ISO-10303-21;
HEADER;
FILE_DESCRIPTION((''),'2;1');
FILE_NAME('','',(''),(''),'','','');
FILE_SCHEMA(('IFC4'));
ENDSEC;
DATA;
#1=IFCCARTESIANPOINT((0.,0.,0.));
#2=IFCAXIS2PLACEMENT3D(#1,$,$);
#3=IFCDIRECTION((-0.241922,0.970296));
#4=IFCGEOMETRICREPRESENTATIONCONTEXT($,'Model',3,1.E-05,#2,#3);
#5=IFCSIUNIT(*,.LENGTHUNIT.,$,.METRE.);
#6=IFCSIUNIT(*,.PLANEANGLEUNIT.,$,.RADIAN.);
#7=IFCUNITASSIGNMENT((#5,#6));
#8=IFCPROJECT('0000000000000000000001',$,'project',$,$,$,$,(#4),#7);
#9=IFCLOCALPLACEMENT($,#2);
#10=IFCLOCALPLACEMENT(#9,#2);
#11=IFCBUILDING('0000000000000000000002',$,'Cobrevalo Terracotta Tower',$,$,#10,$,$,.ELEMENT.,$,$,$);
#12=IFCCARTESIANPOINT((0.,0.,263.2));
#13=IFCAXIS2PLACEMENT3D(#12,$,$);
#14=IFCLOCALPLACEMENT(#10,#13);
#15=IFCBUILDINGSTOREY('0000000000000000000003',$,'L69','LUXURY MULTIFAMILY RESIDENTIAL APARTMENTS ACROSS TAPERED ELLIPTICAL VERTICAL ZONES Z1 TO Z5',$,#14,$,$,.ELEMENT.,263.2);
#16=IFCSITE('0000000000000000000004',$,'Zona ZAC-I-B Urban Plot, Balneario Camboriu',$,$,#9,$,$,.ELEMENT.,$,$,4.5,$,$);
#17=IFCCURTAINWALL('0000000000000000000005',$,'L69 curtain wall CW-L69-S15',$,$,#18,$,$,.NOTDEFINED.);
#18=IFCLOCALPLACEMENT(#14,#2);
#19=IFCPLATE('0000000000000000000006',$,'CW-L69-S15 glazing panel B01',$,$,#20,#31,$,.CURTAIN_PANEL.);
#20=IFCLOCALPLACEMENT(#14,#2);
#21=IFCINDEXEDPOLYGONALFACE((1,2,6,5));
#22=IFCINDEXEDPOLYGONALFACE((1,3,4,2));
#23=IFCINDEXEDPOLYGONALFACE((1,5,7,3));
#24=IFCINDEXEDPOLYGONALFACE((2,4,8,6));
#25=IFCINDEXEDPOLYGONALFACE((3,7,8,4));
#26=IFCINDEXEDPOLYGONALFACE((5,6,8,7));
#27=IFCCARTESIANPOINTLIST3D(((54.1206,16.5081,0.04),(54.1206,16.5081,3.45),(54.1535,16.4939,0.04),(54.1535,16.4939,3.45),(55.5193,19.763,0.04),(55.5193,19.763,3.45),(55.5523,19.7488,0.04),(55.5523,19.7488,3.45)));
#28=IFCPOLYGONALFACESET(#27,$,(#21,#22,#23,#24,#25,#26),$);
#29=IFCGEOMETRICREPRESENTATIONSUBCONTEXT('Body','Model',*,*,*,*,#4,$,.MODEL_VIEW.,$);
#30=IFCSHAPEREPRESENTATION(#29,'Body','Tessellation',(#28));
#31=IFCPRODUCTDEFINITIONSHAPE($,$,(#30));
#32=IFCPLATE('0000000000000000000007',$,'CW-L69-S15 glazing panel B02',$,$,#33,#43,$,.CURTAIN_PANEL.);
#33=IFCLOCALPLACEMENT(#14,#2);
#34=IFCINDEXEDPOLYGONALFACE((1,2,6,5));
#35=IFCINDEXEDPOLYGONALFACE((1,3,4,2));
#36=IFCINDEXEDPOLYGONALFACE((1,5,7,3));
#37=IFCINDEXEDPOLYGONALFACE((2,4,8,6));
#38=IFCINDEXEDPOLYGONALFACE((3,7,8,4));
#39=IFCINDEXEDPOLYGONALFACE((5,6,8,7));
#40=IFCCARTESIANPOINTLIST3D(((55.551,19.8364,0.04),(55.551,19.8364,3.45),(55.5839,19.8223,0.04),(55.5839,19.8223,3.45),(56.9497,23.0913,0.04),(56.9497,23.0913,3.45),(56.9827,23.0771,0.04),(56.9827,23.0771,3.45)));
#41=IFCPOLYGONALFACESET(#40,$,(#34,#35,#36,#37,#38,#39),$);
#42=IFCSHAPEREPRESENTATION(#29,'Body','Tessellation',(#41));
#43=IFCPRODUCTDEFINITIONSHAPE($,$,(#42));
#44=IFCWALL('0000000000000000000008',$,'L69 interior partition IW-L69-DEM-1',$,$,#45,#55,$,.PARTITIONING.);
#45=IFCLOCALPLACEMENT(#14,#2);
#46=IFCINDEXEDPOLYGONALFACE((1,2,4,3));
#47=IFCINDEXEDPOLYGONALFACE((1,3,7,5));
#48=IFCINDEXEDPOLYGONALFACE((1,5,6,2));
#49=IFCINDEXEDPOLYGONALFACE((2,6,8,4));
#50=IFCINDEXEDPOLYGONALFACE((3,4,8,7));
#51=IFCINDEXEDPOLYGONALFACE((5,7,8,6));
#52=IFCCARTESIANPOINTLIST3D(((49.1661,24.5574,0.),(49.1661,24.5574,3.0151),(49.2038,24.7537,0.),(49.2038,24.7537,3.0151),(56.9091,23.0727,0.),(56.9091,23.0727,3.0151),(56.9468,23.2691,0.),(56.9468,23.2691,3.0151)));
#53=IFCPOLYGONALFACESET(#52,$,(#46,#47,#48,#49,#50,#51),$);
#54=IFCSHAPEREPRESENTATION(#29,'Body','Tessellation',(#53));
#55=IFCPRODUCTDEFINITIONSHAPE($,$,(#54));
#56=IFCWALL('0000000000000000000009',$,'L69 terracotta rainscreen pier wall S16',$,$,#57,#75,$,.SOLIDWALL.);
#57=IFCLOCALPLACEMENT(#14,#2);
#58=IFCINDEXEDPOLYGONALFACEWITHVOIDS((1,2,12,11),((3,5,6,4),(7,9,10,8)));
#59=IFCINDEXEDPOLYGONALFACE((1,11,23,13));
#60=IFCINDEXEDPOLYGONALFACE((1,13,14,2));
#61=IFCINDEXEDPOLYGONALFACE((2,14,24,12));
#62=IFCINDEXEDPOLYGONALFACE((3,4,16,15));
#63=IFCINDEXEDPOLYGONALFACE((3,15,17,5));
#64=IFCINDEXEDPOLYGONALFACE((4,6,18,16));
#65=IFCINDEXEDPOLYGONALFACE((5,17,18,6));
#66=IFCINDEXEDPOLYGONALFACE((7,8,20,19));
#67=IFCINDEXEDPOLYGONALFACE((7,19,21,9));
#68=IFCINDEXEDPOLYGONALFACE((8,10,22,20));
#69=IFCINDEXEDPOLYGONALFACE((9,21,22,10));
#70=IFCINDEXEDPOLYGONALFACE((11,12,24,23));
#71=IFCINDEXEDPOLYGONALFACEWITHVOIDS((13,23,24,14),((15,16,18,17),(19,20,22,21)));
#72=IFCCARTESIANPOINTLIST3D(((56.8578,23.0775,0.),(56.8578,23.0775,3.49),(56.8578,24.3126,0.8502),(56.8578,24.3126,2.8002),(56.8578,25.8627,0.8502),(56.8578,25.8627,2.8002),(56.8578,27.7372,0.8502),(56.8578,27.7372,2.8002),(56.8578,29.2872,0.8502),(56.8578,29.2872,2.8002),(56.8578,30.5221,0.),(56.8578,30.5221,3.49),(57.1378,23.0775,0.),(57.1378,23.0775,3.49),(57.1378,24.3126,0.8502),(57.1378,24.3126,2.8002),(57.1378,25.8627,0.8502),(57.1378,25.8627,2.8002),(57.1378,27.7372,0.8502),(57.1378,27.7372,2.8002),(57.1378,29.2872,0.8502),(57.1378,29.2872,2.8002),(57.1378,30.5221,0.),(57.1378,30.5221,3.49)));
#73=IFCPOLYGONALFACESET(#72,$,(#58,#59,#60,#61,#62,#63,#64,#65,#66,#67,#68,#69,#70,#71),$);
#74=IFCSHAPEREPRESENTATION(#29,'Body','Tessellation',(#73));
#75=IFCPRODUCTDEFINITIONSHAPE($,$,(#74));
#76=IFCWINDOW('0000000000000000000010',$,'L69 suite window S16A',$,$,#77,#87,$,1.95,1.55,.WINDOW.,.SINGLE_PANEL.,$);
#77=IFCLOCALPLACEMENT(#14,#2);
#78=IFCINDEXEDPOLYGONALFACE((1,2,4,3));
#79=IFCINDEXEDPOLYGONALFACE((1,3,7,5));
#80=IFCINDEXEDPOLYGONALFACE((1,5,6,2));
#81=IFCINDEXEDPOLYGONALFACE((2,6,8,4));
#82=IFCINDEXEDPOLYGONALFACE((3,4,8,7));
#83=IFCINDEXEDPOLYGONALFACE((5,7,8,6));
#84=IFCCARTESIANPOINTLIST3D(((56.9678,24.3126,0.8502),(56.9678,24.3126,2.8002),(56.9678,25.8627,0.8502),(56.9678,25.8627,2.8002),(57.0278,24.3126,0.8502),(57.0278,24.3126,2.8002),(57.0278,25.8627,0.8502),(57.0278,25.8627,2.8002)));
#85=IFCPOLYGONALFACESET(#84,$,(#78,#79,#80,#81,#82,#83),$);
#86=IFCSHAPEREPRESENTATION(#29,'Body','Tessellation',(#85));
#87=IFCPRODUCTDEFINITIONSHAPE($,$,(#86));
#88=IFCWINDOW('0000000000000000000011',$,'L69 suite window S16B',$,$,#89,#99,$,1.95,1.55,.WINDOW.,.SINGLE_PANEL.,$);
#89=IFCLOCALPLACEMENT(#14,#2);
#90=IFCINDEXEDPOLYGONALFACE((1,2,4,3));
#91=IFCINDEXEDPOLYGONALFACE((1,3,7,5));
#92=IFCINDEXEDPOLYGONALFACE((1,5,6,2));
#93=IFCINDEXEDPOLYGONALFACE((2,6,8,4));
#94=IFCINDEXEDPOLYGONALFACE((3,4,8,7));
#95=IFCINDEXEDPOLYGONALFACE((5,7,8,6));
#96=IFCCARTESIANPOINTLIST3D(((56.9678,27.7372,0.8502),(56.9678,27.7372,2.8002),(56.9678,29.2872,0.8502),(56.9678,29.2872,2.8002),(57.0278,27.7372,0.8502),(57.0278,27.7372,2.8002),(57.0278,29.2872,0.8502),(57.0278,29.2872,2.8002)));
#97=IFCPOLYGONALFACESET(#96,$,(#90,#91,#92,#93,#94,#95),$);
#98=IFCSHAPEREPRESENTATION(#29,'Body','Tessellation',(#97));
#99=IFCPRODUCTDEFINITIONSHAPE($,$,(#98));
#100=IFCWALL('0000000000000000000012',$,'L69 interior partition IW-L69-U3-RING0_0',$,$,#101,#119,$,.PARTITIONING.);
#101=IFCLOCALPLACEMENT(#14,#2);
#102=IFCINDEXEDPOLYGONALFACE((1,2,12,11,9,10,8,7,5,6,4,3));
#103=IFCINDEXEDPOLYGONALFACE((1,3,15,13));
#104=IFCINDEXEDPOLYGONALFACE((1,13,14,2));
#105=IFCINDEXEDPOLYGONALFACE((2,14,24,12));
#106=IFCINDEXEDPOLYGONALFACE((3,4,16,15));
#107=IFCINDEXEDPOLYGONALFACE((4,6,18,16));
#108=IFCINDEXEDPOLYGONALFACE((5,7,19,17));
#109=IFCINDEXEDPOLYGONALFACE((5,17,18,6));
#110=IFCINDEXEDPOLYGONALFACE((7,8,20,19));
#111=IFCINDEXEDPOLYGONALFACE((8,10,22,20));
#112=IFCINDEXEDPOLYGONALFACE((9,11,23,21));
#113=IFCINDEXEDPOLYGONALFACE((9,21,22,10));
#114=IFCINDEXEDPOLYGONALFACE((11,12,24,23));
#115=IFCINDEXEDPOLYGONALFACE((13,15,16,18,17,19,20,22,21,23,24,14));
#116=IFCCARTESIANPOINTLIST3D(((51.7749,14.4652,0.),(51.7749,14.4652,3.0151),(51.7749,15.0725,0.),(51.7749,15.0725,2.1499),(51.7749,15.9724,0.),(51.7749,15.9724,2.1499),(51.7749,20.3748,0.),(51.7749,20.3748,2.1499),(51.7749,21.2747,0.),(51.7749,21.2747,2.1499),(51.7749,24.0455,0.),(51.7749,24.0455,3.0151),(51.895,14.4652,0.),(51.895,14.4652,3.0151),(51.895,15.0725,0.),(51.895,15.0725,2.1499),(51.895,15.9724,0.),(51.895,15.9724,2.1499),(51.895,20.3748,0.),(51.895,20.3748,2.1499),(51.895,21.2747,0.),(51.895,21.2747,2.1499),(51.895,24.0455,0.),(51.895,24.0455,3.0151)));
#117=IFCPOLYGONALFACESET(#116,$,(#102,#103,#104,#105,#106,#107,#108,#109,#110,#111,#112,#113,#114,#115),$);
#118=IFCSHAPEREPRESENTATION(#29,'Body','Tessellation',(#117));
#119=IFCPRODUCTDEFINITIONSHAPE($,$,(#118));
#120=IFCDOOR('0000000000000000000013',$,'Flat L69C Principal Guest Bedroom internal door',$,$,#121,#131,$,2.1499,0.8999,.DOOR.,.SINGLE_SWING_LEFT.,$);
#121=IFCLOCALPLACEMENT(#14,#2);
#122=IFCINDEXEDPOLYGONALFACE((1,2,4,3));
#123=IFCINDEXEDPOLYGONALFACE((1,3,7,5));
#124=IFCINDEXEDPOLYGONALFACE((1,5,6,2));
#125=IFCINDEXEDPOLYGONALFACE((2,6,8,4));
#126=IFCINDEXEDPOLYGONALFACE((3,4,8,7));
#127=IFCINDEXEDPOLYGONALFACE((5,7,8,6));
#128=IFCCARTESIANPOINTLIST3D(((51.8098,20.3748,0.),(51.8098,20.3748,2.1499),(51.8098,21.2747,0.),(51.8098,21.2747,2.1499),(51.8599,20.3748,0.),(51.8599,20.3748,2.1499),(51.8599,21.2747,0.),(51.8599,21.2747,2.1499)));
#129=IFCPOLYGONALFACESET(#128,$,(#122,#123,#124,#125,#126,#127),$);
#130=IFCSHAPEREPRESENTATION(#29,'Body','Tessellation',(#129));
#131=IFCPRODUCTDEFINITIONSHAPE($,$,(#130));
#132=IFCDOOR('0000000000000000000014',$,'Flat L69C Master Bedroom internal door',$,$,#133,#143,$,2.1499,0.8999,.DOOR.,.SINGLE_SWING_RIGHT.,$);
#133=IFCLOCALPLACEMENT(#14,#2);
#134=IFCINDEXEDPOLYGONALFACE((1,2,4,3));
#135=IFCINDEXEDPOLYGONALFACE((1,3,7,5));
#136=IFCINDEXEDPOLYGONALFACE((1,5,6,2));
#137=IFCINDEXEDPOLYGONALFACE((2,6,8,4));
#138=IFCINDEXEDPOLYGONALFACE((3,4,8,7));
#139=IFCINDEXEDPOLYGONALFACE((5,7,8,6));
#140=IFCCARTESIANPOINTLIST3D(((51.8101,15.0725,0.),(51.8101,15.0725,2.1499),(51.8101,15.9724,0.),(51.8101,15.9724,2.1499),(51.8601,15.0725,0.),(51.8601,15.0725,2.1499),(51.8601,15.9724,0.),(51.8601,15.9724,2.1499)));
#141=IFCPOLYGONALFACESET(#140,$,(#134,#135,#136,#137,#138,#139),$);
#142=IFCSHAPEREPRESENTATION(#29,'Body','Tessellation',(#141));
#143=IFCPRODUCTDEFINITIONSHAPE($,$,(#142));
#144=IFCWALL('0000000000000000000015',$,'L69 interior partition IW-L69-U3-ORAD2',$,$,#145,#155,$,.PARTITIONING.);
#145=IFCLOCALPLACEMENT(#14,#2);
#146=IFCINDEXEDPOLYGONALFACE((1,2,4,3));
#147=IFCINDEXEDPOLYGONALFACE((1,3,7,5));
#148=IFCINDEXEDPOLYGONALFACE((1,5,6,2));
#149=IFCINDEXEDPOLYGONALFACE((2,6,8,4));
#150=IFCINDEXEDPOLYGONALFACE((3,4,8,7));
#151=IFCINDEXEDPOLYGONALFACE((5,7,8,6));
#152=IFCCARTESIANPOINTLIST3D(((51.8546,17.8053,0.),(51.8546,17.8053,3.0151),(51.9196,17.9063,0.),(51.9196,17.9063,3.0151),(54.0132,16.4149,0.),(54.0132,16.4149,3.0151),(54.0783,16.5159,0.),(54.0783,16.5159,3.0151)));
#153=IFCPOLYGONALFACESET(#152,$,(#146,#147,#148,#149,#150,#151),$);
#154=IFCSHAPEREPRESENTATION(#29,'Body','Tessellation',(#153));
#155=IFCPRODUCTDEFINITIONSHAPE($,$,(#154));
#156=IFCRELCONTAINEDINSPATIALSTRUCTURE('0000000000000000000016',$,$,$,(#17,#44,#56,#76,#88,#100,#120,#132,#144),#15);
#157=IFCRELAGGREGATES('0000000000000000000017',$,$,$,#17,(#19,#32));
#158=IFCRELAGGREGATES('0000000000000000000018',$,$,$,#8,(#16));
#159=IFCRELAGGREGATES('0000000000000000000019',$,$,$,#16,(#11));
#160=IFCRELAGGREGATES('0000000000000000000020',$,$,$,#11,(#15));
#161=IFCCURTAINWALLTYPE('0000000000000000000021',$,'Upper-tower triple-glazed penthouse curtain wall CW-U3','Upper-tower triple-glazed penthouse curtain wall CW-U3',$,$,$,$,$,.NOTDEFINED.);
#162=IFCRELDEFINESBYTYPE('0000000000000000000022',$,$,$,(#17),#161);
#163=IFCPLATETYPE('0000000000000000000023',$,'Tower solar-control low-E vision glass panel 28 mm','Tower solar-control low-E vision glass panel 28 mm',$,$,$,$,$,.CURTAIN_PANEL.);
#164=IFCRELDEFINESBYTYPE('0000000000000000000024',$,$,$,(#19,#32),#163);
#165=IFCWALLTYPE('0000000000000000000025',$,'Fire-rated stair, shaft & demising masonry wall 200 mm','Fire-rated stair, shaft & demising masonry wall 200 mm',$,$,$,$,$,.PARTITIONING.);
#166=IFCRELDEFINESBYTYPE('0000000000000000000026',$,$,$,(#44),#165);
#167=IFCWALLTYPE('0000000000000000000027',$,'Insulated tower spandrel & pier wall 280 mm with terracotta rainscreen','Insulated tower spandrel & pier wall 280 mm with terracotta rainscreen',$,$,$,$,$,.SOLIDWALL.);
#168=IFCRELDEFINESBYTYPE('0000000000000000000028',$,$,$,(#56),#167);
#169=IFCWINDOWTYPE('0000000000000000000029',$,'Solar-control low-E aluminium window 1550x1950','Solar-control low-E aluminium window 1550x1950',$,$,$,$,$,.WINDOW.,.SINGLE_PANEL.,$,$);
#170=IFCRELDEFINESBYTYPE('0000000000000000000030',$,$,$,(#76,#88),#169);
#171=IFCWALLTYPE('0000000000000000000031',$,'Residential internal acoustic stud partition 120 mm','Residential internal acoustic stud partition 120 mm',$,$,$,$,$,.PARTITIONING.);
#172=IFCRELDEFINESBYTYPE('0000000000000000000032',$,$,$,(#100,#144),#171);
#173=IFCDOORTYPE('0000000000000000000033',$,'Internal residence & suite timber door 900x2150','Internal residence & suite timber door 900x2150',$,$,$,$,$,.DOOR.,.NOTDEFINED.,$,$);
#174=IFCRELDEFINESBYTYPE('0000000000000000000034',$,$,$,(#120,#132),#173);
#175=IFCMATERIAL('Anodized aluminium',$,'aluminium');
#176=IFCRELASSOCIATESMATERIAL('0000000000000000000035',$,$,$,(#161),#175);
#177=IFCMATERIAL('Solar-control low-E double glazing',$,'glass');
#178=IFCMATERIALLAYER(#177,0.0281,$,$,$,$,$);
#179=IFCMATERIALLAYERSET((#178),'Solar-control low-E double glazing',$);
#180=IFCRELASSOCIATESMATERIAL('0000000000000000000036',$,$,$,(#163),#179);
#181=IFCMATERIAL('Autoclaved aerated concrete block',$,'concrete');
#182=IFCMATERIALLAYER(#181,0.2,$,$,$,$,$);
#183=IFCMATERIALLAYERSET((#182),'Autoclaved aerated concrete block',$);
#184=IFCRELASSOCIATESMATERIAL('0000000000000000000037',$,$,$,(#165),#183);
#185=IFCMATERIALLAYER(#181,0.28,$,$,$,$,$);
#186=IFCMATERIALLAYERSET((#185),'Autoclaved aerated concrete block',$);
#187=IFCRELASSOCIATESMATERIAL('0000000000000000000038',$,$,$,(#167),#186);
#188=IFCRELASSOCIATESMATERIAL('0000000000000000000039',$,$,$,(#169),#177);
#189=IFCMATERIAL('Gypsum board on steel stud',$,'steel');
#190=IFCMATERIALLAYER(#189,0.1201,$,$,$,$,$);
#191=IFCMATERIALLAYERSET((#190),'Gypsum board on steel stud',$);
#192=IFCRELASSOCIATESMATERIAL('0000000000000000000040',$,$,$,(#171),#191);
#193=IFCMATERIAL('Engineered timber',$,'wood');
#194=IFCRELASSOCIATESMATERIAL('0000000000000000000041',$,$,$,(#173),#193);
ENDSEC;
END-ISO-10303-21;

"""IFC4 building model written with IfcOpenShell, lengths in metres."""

from ifc_helpers import new_model, si_unit, direction, frame, frame_2d, origin, origin_2d, place, context, subcontext, project, spatial, rectangle, extrude, source, transform, mapped, material, layer, layer_set, type_object, element, fill, aggregate, save


model = new_model("IFC4")

# Units and contexts
model_context = context("Model", 3, precision=1e-05, world=origin(), true_north=direction((-0.241922, 0.970296)))
body_context = subcontext(model_context, "Body", "Model", "MODEL_VIEW")
ifc_project = project(units=[si_unit("LENGTHUNIT", "METRE"), si_unit("PLANEANGLEUNIT", "RADIAN")], contexts=[model_context])

# Site, building, storey
site_placement = place(None, origin())
site = spatial("IfcSite", under=ifc_project, at=site_placement, Name="Zona ZAC-I-B Urban Plot, Balneario Camboriu", CompositionType="ELEMENT", RefElevation=4.5)
building_placement = place(site_placement, origin())
building = spatial("IfcBuilding", under=site, at=building_placement, Name="Cobrevalo Terracotta Tower", CompositionType="ELEMENT")
storey_placement = place(building_placement, frame((0.0, 0.0, 263.2)))
storey = spatial("IfcBuildingStorey", under=building, at=storey_placement, Name="L69", Description="LUXURY MULTIFAMILY RESIDENTIAL APARTMENTS ACROSS TAPERED ELLIPTICAL VERTICAL ZONES Z1 TO Z5", CompositionType="ELEMENT", Elevation=263.2)

# Curtain wall, plates
ifc_material_1 = material(Name="Anodized aluminium", Category="aluminium")
curtain_wall_type = type_object("IfcCurtainWallType", Name="Upper-tower triple-glazed penthouse curtain wall CW-U3", Description="Upper-tower triple-glazed penthouse curtain wall CW-U3", PredefinedType="NOTDEFINED", material=ifc_material_1)
curtain_wall_placement = place(storey_placement, origin())
curtain_wall = element("IfcCurtainWall", 1, at=curtain_wall_placement, inside=storey, type_object=curtain_wall_type, Name="L69 curtain wall CW-L69-S15", PredefinedType="NOTDEFINED")
ifc_material_2 = material(Name="Solar-control low-E double glazing", Category="glass")
ifc_layer_1 = layer(ifc_material_2, 0.0281)
ifc_layer_set_1 = layer_set([ifc_layer_1], Name="Solar-control low-E double glazing")
plate_type = type_object("IfcPlateType", Name="Tower solar-control low-E vision glass panel 28 mm", Description="Tower solar-control low-E vision glass panel 28 mm", PredefinedType="CURTAIN_PANEL", material=ifc_layer_set_1)
shared_shape_1 = source(origin(), body_context, "Body", "SweptSolid", [
    extrude(rectangle(XDim=3.5427, YDim=0.0359, at=origin_2d()), origin(), (0.0, 0.0, 1.0), 3.4099),
])
plate_1_placement = place(storey_placement, frame((54.8364, 18.1284, 0.04), z_axis=(0.0, 0.0, 1.0), x_axis=(0.394829, 0.918755, 0.0)))
plate_1 = element("IfcPlate", 2, at=plate_1_placement, type_object=plate_type, Name="CW-L69-S15 glazing panel B01", PredefinedType="CURTAIN_PANEL", context=body_context, shape_type="MappedRepresentation", body=[
    mapped(shared_shape_1, transform((0.0, 0.0, 0.0), scale=1.0)),
])
plate_2_placement = place(storey_placement, frame((56.2668, 21.4568, 0.04), z_axis=(0.0, 0.0, 1.0), x_axis=(0.394829, 0.918755, 0.0)))
plate_2 = element("IfcPlate", 3, at=plate_2_placement, type_object=plate_type, Name="CW-L69-S15 glazing panel B02", PredefinedType="CURTAIN_PANEL", context=body_context, shape_type="MappedRepresentation", body=[
    mapped(shared_shape_1, transform((0.0, 0.0, 0.0), scale=1.0)),
])
aggregate(curtain_wall, [plate_1, plate_2])

# Wall
ifc_material_3 = material(Name="Autoclaved aerated concrete block", Category="concrete")
ifc_layer_2 = layer(ifc_material_3, 0.2)
ifc_layer_set_2 = layer_set([ifc_layer_2], Name="Autoclaved aerated concrete block")
wall_type_1 = type_object("IfcWallType", Name="Fire-rated stair, shaft & demising masonry wall 200 mm", Description="Fire-rated stair, shaft & demising masonry wall 200 mm", PredefinedType="PARTITIONING", material=ifc_layer_set_2)
wall_1_placement = place(storey_placement, frame((49.1851, 24.6555, 0.0), z_axis=(0.0, 0.0, 1.0), x_axis=(0.98211, -0.188309, 0.0)))
element("IfcWall", 4, at=wall_1_placement, inside=storey, type_object=wall_type_1, Name="L69 interior partition IW-L69-DEM-1", PredefinedType="PARTITIONING", context=body_context, shape_type="SweptSolid", body=[
    extrude(rectangle(XDim=7.884, YDim=0.2, at=frame_2d((3.9419, 0.0))), origin(), (0.0, 0.0, 1.0), 3.0151),
])

# Wall, openings, windows
ifc_layer_3 = layer(ifc_material_3, 0.28)
ifc_layer_set_3 = layer_set([ifc_layer_3], Name="Autoclaved aerated concrete block")
wall_type_2 = type_object("IfcWallType", Name="Insulated tower spandrel & pier wall 280 mm with terracotta rainscreen", Description="Insulated tower spandrel & pier wall 280 mm with terracotta rainscreen", PredefinedType="SOLIDWALL", material=ifc_layer_set_3)
wall_2_placement = place(storey_placement, frame((56.9978, 23.0776, 0.0), z_axis=(0.0, 0.0, 1.0), x_axis=(0.0, 1.0, 0.0)))
wall_2 = element("IfcWall", 5, at=wall_2_placement, inside=storey, type_object=wall_type_2, Name="L69 terracotta rainscreen pier wall S16", PredefinedType="SOLIDWALL", context=body_context, shape_type="SweptSolid", body=[
    extrude(rectangle(XDim=7.4446, YDim=0.28, at=frame_2d((3.7222, 0.0))), origin(), (0.0, 0.0, 1.0), 3.49),
])
opening_1_placement = place(wall_2_placement, frame((1.2351, 0.0, 0.8501)))
opening_1 = element("IfcOpeningElement", 6, at=opening_1_placement, cuts=wall_2, PredefinedType="OPENING", context=body_context, shape_type="SweptSolid", body=[
    extrude(rectangle(XDim=1.55, YDim=1.95, at=frame_2d((0.7749, 0.9751))), frame((0.0, 0.1499, 0.0), z_axis=(0.0, -1.0, 0.0), x_axis=(1.0, 0.0, 0.0)), (0.0, 0.0, 1.0), 0.3),
])
opening_2_placement = place(wall_2_placement, frame((4.6597, 0.0, 0.8501)))
opening_2 = element("IfcOpeningElement", 7, at=opening_2_placement, cuts=wall_2, PredefinedType="OPENING", context=body_context, shape_type="SweptSolid", body=[
    extrude(rectangle(XDim=1.55, YDim=1.95, at=frame_2d((0.7749, 0.9751))), frame((0.0, 0.1499, 0.0), z_axis=(0.0, -1.0, 0.0), x_axis=(1.0, 0.0, 0.0)), (0.0, 0.0, 1.0), 0.3),
])
window_type = type_object("IfcWindowType", Name="Solar-control low-E aluminium window 1550x1950", Description="Solar-control low-E aluminium window 1550x1950", PartitioningType="SINGLE_PANEL", PredefinedType="WINDOW", material=ifc_material_2)
shared_shape_2 = source(origin(), body_context, "Body", "SweptSolid", [
    extrude(rectangle(XDim=1.55, YDim=1.95, at=frame_2d((0.7749, 0.9751))), frame((0.0, 0.03, 0.0), z_axis=(0.0, -1.0, 0.0), x_axis=(1.0, 0.0, 0.0)), (0.0, 0.0, 1.0), 0.0601),
])
window_1_placement = place(opening_1_placement, origin())
window_1 = element("IfcWindow", 8, at=window_1_placement, inside=storey, type_object=window_type, Name="L69 suite window S16A", OverallHeight=1.95, OverallWidth=1.55, PartitioningType="SINGLE_PANEL", PredefinedType="WINDOW", context=body_context, shape_type="MappedRepresentation", body=[
    mapped(shared_shape_2, transform((0.0, 0.0, 0.0), scale=1.0)),
])
fill(opening_1, window_1)
window_2_placement = place(opening_2_placement, origin())
window_2 = element("IfcWindow", 9, at=window_2_placement, inside=storey, type_object=window_type, Name="L69 suite window S16B", OverallHeight=1.95, OverallWidth=1.55, PartitioningType="SINGLE_PANEL", PredefinedType="WINDOW", context=body_context, shape_type="MappedRepresentation", body=[
    mapped(shared_shape_2, transform((0.0, 0.0, 0.0), scale=1.0)),
])
fill(opening_2, window_2)

# Wall, openings, doors
ifc_material_4 = material(Name="Gypsum board on steel stud", Category="steel")
ifc_layer_4 = layer(ifc_material_4, 0.1201)
ifc_layer_set_4 = layer_set([ifc_layer_4], Name="Gypsum board on steel stud")
wall_type_3 = type_object("IfcWallType", Name="Residential internal acoustic stud partition 120 mm", Description="Residential internal acoustic stud partition 120 mm", PredefinedType="PARTITIONING", material=ifc_layer_set_4)
wall_3_placement = place(storey_placement, frame((51.835, 24.0454, 0.0), z_axis=(0.0, 0.0, 1.0), x_axis=(0.0, -1.0, 0.0)))
wall_3 = element("IfcWall", 10, at=wall_3_placement, inside=storey, type_object=wall_type_3, Name="L69 interior partition IW-L69-U3-RING0_0", PredefinedType="PARTITIONING", context=body_context, shape_type="SweptSolid", body=[
    extrude(rectangle(XDim=9.5803, YDim=0.1201, at=frame_2d((4.79, 0.0))), origin(), (0.0, 0.0, 1.0), 3.0151),
])
opening_3_placement = place(wall_3_placement, frame((2.7708, 0.0, 0.0)))
opening_3 = element("IfcOpeningElement", 11, at=opening_3_placement, cuts=wall_3, PredefinedType="OPENING", context=body_context, shape_type="SweptSolid", body=[
    extrude(rectangle(XDim=0.8999, YDim=2.1499, at=frame_2d((0.45, 1.075))), frame((0.0, 0.0701, 0.0), z_axis=(0.0, -1.0, 0.0), x_axis=(1.0, 0.0, 0.0)), (0.0, 0.0, 1.0), 0.1401),
])
opening_4_placement = place(wall_3_placement, frame((8.073, 0.0, 0.0)))
opening_4 = element("IfcOpeningElement", 12, at=opening_4_placement, cuts=wall_3, PredefinedType="OPENING", context=body_context, shape_type="SweptSolid", body=[
    extrude(rectangle(XDim=0.8999, YDim=2.1499, at=frame_2d((0.45, 1.075))), frame((0.0, 0.0701, 0.0), z_axis=(0.0, -1.0, 0.0), x_axis=(1.0, 0.0, 0.0)), (0.0, 0.0, 1.0), 0.1401),
])
ifc_material_5 = material(Name="Engineered timber", Category="wood")
door_type_1 = type_object("IfcDoorType", Name="Internal residence & suite timber door 900x2150", Description="Internal residence & suite timber door 900x2150", OperationType="NOTDEFINED", PredefinedType="DOOR", material=ifc_material_5)
shared_shape_3 = source(origin(), body_context, "Body", "SweptSolid", [
    extrude(rectangle(XDim=0.8999, YDim=2.1499, at=frame_2d((0.45, 1.075))), frame((0.0, 0.0249, 0.0), z_axis=(0.0, -1.0, 0.0), x_axis=(1.0, 0.0, 0.0)), (0.0, 0.0, 1.0), 0.05),
])
door_1_placement = place(opening_3_placement, origin())
door_1 = element("IfcDoor", 13, at=door_1_placement, inside=storey, type_object=door_type_1, Name="Flat L69C Principal Guest Bedroom internal door", OperationType="SINGLE_SWING_LEFT", OverallHeight=2.1499, OverallWidth=0.8999, PredefinedType="DOOR", context=body_context, shape_type="MappedRepresentation", body=[
    mapped(shared_shape_3, transform((0.0, 0.0, 0.0), scale=1.0)),
])
fill(opening_3, door_1)
door_2_placement = place(opening_4_placement, frame((0.8999, 0.0, 0.0), z_axis=(0.0, 0.0, 1.0), x_axis=(-1.0, 0.0, 0.0)))
door_2 = element("IfcDoor", 14, at=door_2_placement, inside=storey, type_object=door_type_1, Name="Flat L69C Master Bedroom internal door", OperationType="SINGLE_SWING_RIGHT", OverallHeight=2.1499, OverallWidth=0.8999, PredefinedType="DOOR", context=body_context, shape_type="MappedRepresentation", body=[
    mapped(shared_shape_3, transform((0.0, 0.0, 0.0), scale=1.0)),
])
fill(opening_4, door_2)

# Wall
wall_4_placement = place(storey_placement, frame((51.8872, 17.8557, 0.0), z_axis=(0.0, 0.0, 1.0), x_axis=(0.840709, -0.541488, 0.0)))
element("IfcWall", 15, at=wall_4_placement, inside=storey, type_object=wall_type_3, Name="L69 interior partition IW-L69-U3-ORAD2", PredefinedType="PARTITIONING", context=body_context, shape_type="SweptSolid", body=[
    extrude(rectangle(XDim=2.5676, YDim=0.1201, at=frame_2d((1.2837, 0.0))), origin(), (0.0, 0.0, 1.0), 3.0151),
])

save(model, "model.ifc")
